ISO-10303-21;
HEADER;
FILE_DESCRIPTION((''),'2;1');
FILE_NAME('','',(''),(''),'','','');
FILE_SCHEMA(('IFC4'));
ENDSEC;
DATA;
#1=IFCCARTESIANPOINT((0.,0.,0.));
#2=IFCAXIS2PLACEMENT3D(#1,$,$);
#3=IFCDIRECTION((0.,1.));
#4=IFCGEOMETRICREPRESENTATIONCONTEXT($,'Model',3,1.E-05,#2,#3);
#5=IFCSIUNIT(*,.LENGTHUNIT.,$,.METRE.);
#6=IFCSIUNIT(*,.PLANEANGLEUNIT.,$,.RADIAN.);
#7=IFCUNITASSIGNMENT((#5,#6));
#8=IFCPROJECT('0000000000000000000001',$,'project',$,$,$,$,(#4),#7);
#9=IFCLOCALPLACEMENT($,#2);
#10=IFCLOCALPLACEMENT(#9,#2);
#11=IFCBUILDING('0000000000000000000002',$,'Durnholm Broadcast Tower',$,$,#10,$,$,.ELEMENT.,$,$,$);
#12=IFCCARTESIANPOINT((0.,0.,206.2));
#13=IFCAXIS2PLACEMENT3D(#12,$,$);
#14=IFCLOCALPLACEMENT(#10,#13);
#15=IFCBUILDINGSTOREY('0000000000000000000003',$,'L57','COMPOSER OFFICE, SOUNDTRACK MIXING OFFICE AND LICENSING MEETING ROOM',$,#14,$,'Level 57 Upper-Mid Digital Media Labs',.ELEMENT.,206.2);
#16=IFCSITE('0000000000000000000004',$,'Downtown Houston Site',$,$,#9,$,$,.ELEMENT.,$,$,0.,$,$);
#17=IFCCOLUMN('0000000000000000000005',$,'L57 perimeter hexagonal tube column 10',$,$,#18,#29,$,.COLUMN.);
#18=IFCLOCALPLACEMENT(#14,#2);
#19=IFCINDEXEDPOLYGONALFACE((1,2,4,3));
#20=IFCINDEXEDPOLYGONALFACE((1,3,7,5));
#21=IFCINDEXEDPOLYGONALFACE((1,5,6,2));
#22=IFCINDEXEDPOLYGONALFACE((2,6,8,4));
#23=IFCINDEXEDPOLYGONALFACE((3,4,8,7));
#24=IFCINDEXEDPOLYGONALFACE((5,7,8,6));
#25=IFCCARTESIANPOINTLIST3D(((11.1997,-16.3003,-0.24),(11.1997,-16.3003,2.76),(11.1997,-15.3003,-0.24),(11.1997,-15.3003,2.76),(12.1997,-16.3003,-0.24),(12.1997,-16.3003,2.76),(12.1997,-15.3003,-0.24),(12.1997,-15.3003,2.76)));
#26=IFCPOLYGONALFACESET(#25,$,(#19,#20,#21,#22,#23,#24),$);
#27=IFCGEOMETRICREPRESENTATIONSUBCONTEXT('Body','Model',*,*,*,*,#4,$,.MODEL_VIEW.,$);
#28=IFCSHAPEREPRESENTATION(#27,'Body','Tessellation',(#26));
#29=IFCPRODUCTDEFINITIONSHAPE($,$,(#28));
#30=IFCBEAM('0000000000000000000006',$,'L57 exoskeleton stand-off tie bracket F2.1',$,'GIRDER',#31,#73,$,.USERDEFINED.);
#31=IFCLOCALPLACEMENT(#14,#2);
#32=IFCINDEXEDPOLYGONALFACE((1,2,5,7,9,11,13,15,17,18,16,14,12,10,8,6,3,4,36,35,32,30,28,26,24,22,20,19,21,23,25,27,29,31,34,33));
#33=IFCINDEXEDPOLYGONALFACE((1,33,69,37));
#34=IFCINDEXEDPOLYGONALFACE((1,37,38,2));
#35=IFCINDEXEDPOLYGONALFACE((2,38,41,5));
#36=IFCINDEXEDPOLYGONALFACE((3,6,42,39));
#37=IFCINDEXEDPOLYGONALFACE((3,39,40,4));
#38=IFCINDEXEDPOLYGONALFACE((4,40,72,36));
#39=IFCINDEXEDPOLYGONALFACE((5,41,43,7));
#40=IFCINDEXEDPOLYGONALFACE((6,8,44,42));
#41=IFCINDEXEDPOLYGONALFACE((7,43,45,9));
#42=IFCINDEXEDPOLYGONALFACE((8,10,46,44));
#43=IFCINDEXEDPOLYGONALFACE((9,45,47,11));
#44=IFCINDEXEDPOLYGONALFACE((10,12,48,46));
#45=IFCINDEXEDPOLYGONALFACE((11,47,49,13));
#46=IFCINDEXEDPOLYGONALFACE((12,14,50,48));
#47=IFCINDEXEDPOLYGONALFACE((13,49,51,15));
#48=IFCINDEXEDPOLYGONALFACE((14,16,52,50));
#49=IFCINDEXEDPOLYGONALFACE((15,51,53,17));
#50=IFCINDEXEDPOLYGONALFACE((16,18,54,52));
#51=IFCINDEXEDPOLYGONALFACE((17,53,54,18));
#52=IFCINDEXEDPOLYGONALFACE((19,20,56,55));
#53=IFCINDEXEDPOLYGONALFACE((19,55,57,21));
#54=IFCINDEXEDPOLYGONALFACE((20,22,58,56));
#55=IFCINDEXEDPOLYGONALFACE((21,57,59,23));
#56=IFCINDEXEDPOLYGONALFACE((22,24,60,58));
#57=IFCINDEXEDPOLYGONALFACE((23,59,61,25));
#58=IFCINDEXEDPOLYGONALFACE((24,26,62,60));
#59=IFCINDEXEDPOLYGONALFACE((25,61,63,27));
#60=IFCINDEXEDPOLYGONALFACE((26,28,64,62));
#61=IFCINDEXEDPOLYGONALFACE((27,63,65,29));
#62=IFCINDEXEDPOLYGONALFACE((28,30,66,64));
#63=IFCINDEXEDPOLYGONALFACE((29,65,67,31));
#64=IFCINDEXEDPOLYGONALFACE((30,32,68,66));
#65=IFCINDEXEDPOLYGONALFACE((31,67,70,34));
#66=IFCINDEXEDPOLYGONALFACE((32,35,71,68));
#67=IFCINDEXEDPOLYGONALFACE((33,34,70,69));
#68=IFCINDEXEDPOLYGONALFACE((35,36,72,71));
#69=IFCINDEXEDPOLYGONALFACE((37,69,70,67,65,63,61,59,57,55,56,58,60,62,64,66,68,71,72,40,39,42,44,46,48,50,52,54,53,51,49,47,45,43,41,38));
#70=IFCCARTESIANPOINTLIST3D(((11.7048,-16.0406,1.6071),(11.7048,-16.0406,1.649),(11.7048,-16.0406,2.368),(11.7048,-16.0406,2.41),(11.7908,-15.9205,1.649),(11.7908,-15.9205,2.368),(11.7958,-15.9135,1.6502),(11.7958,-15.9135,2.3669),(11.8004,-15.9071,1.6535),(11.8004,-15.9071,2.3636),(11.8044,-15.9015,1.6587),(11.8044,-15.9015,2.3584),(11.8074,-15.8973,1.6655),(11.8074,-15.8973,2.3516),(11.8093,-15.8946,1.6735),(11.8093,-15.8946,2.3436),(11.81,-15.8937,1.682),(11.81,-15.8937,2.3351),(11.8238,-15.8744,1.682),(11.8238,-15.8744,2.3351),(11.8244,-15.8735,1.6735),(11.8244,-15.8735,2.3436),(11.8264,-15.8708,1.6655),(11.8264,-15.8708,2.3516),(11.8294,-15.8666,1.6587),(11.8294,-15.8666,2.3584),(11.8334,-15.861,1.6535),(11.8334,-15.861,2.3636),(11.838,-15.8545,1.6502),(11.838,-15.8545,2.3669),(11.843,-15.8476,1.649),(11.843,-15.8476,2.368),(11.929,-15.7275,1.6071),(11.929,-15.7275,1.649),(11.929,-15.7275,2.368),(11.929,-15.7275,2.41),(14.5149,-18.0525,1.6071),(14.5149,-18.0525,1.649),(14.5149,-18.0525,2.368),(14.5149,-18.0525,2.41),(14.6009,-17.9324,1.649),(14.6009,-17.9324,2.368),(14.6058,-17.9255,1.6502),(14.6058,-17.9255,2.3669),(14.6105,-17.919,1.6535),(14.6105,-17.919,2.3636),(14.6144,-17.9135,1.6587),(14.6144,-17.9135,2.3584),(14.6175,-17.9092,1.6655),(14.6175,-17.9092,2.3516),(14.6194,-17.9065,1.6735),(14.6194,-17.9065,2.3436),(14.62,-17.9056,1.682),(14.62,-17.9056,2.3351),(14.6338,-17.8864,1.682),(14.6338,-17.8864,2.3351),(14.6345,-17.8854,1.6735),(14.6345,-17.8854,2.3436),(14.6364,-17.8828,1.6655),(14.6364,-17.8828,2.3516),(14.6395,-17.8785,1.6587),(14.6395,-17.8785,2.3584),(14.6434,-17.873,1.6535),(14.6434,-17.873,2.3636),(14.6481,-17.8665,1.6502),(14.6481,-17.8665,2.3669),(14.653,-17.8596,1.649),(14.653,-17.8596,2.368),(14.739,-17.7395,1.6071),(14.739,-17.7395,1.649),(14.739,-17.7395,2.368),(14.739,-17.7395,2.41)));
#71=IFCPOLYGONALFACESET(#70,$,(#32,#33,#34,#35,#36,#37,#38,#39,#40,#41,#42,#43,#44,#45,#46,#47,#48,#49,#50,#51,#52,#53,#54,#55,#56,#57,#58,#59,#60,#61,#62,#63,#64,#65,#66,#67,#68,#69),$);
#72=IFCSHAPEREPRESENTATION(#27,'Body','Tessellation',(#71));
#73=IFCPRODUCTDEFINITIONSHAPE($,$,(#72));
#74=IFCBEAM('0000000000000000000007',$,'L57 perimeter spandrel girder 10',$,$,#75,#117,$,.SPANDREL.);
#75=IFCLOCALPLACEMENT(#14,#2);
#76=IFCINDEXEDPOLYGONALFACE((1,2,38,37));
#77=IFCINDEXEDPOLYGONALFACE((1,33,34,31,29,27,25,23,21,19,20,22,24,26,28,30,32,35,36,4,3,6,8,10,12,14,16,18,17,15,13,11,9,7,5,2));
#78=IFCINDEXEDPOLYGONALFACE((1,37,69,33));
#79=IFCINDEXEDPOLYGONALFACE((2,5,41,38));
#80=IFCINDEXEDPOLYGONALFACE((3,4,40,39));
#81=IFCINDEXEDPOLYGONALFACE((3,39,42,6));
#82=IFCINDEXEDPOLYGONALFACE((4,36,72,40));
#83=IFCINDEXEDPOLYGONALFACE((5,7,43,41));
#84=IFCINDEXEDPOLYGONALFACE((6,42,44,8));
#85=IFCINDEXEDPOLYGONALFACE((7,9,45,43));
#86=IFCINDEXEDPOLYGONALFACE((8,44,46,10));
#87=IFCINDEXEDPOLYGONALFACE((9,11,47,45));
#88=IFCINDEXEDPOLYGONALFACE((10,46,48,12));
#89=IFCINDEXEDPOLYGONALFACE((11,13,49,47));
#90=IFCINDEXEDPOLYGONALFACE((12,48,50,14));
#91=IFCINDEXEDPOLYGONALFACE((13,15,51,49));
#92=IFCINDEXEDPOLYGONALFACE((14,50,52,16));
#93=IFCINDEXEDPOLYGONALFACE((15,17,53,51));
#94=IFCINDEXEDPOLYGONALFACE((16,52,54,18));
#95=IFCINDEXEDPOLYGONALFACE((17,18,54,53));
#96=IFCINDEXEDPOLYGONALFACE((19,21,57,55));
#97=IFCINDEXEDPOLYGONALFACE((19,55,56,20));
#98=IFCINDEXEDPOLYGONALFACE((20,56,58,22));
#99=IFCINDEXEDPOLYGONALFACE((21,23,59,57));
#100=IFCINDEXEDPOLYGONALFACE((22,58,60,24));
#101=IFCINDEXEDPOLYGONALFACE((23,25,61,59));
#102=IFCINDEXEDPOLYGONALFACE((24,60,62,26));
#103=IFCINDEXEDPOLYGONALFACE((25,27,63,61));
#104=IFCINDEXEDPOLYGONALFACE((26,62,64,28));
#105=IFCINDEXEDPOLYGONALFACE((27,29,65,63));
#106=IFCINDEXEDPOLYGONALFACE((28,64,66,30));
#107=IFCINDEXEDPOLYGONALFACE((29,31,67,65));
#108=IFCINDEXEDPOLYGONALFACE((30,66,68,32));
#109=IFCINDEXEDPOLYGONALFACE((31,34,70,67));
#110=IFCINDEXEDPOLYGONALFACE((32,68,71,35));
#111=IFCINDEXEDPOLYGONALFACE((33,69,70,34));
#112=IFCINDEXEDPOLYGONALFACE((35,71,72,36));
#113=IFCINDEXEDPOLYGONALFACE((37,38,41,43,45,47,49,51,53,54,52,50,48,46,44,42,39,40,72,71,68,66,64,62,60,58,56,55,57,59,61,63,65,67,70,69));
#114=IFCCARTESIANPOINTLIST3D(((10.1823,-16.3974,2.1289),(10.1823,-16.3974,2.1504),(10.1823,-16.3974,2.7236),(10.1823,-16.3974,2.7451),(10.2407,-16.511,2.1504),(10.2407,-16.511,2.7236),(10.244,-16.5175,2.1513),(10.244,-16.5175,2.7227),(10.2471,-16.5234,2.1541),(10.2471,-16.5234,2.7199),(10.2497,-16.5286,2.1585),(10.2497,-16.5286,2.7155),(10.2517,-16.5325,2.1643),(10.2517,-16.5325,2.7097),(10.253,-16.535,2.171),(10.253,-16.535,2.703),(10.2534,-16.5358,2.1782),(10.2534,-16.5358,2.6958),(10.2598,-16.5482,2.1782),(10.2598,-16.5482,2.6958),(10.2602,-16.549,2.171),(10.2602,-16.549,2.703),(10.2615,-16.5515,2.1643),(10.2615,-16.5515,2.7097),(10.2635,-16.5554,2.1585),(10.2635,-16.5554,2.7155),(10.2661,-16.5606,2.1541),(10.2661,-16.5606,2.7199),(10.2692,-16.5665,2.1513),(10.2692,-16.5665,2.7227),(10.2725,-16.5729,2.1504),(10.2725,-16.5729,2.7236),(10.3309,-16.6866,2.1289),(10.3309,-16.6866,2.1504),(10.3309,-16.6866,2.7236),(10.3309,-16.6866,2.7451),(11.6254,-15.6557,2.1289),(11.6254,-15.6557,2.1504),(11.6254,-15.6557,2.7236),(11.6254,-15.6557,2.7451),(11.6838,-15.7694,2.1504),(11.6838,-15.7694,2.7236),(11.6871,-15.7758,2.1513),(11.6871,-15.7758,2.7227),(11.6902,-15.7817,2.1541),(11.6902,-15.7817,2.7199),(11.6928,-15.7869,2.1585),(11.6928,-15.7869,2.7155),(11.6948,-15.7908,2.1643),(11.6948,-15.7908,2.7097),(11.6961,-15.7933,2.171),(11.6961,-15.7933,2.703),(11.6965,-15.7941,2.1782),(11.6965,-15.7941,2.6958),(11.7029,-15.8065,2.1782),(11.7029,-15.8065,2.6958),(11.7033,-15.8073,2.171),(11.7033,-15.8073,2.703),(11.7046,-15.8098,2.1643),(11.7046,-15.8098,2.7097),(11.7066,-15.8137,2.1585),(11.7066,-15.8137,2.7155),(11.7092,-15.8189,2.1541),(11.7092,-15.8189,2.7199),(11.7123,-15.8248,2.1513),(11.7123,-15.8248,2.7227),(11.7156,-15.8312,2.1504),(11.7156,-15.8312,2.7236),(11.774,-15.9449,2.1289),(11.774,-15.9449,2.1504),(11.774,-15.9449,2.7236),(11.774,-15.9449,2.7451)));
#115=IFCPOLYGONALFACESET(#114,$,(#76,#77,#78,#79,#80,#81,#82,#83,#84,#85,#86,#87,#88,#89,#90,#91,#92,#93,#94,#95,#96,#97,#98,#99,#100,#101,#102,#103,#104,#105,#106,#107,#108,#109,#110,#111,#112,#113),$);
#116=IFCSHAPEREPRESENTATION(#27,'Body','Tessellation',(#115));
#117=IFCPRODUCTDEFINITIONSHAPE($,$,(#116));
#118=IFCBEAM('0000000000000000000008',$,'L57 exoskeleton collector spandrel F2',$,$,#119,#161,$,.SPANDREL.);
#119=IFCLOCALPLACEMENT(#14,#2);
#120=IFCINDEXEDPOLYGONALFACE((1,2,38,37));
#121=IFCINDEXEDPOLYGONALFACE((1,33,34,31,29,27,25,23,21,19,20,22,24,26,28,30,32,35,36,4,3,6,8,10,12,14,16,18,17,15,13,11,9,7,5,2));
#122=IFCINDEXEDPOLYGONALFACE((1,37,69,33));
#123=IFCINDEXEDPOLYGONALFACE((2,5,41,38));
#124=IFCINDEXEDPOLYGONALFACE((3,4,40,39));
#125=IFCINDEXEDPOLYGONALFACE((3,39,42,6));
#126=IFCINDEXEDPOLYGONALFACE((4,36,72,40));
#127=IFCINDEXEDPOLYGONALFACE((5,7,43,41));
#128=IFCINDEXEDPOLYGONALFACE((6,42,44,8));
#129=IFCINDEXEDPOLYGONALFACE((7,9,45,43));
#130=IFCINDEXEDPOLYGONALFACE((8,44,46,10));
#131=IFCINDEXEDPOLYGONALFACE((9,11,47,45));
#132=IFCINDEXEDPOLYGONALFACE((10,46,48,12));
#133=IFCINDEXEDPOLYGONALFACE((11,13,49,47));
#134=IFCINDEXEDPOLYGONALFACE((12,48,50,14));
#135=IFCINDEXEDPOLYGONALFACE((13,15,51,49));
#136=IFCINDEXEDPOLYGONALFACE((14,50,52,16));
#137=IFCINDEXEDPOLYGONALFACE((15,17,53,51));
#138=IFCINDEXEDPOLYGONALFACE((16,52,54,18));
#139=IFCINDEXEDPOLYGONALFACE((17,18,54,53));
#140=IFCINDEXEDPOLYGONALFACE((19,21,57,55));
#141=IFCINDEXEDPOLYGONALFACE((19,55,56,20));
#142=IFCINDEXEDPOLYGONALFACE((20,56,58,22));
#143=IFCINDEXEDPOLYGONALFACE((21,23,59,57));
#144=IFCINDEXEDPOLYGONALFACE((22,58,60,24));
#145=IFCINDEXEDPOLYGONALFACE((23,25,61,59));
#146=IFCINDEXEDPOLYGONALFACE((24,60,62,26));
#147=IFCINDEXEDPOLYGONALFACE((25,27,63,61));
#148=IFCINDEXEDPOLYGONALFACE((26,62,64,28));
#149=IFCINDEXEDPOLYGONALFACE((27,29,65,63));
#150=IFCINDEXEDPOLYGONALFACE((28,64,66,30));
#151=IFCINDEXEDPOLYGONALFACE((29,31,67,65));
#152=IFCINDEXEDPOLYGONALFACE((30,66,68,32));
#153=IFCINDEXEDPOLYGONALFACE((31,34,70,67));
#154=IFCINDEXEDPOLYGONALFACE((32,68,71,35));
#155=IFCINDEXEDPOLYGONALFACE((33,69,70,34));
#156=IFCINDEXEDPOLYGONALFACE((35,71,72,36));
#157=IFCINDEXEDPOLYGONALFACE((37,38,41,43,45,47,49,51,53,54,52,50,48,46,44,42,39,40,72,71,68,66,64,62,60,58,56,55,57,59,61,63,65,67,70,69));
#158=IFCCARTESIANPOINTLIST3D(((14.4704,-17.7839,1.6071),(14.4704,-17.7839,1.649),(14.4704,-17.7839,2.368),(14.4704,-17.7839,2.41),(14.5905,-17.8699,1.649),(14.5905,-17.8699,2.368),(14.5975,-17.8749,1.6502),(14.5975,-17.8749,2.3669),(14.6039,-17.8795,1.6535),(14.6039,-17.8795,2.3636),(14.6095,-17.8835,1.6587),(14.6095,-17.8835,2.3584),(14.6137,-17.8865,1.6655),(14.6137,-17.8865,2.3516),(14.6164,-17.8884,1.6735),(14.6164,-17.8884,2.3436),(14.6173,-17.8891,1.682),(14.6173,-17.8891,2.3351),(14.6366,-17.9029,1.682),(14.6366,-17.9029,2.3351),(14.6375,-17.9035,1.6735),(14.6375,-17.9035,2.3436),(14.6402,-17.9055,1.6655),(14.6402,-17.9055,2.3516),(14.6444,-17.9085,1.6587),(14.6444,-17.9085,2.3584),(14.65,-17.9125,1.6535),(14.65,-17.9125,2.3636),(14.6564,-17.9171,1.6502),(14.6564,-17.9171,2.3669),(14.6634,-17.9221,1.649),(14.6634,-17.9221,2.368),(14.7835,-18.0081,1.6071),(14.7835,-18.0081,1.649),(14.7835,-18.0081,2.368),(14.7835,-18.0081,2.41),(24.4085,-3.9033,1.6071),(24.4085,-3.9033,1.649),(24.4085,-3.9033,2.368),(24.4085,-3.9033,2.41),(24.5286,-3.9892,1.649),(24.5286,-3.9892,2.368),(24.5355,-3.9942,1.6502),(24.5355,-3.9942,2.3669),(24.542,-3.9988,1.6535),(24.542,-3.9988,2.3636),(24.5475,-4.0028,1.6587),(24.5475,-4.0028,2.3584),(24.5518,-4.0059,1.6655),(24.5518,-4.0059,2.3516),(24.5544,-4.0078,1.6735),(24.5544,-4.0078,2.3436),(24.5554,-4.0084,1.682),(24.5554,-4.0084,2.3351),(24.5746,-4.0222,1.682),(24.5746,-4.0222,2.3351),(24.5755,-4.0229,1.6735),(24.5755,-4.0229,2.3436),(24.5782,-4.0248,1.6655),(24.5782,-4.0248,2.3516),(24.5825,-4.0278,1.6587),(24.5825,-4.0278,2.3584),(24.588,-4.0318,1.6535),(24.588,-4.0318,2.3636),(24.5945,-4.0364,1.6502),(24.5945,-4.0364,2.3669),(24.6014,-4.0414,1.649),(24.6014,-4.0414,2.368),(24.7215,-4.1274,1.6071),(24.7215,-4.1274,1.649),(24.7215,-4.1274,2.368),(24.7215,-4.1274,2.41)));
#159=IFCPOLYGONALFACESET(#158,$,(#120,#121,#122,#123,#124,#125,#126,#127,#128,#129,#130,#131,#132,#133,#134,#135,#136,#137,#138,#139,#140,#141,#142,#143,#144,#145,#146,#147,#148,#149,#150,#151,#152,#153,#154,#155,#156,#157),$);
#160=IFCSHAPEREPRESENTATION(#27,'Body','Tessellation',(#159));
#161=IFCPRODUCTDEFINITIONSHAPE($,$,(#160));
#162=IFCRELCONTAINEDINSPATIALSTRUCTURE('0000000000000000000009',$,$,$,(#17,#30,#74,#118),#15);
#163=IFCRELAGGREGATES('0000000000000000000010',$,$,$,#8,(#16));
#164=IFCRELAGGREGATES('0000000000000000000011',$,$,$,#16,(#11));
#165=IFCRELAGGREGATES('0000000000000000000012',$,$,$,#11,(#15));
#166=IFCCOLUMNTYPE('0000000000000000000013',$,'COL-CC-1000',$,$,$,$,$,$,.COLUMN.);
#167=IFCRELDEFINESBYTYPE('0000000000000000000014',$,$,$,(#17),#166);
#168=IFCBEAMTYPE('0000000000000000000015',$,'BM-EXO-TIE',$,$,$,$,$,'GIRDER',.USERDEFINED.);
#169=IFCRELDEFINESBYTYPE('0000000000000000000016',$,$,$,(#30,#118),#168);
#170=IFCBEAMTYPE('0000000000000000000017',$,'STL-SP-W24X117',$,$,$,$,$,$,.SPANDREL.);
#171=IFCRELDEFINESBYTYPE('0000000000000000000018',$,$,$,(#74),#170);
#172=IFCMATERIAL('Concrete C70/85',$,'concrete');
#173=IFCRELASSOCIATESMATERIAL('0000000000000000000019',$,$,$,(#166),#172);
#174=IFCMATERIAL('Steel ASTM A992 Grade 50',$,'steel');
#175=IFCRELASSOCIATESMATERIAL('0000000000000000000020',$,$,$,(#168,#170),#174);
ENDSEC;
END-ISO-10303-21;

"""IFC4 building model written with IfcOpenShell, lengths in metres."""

from ifc_helpers import new_model, si_unit, direction, frame, origin, origin_2d, place, context, subcontext, project, spatial, rectangle, i_section, extrude, source, transform, mapped, material, material_profile, profile_set, type_object, type_shapes, element, save


model = new_model("IFC4")

# Units and contexts
model_context = context("Model", 3, precision=1e-05, world=origin(), true_north=direction((0.0, 1.0)))
body_context = subcontext(model_context, "Body", "Model", "MODEL_VIEW")
ifc_project = project(units=[si_unit("LENGTHUNIT", "METRE"), si_unit("PLANEANGLEUNIT", "RADIAN")], contexts=[model_context])

# Site, building, storey
site_placement = place(None, origin())
site = spatial("IfcSite", under=ifc_project, at=site_placement, Name="Downtown Houston Site", CompositionType="ELEMENT", RefElevation=0.0)
building_placement = place(site_placement, origin())
building = spatial("IfcBuilding", under=site, at=building_placement, Name="Durnholm Broadcast Tower", CompositionType="ELEMENT")
storey_placement = place(building_placement, frame((0.0, 0.0, 206.2)))
storey = spatial("IfcBuildingStorey", under=building, at=storey_placement, Name="L57", Description="COMPOSER OFFICE, SOUNDTRACK MIXING OFFICE AND LICENSING MEETING ROOM", LongName="Level 57 Upper-Mid Digital Media Labs", CompositionType="ELEMENT", Elevation=206.2)

# Column
ifc_material_1 = material(Name="Concrete C70/85", Category="concrete")
ifc_material_profile_1 = material_profile(ifc_material_1, rectangle(XDim=1.0, YDim=1.0, at=origin_2d()), Name="RC1000X1000")
ifc_profile_set_1 = profile_set([ifc_material_profile_1], Name="Concrete C70/85")
column_type = type_object("IfcColumnType", Name="COL-CC-1000", PredefinedType="COLUMN", material=ifc_profile_set_1)
shared_shape_1 = source(origin(), body_context, "Body", "SweptSolid", [
    extrude(rectangle(XDim=1.0, YDim=1.0, at=origin_2d()), origin(), (0.0, 0.0, 1.0), 3.0),
])
type_shapes(column_type, [shared_shape_1])
column_placement = place(storey_placement, frame((11.6997, -15.8003, -0.24), z_axis=(0.0, 0.0, 1.0), x_axis=(1.0, 0.0, 0.0)))
element("IfcColumn", 1, at=column_placement, inside=storey, type_object=column_type, Name="L57 perimeter hexagonal tube column 10", PredefinedType="COLUMN", context=body_context, shape_type="MappedRepresentation", body=[
    mapped(shared_shape_1, transform((0.0, 0.0, 0.0), x_axis=(1.0, 0.0, 0.0), y_axis=(0.0, 1.0, 0.0), z_axis=(0.0, 0.0, 1.0), scale=1.0)),
])

# Beams
ifc_material_2 = material(Name="Steel ASTM A992 Grade 50", Category="steel")
ifc_material_profile_2 = material_profile(ifc_material_2, i_section(OverallWidth=0.385, OverallDepth=0.803, WebThickness=0.0237, FlangeThickness=0.042, FilletRadius=0.033, at=origin_2d()), Name="W30X261")
ifc_profile_set_2 = profile_set([ifc_material_profile_2], Name="Steel ASTM A992 Grade 50")
beam_type_1 = type_object("IfcBeamType", Name="BM-EXO-TIE", ElementType="GIRDER", PredefinedType="USERDEFINED", material=ifc_profile_set_2)
shared_shape_2 = source(origin(), body_context, "Body", "SweptSolid", [
    extrude(i_section(OverallWidth=0.385, OverallDepth=0.803, WebThickness=0.0237, FlangeThickness=0.042, FilletRadius=0.033, at=origin_2d()), origin(), (0.0, 0.0, 1.0), 3.4561),
])
beam_1_placement = place(storey_placement, frame((11.8169, -15.884, 2.0085), z_axis=(0.813079, -0.582153, 0.0), x_axis=(0.582153, 0.813079, 0.0)))
element("IfcBeam", 2, at=beam_1_placement, inside=storey, type_object=beam_type_1, Name="L57 exoskeleton stand-off tie bracket F2.1", ObjectType="GIRDER", PredefinedType="USERDEFINED", context=body_context, shape_type="MappedRepresentation", body=[
    mapped(shared_shape_2, transform((0.0, 0.0, 0.0), x_axis=(1.0, 0.0, 0.0), y_axis=(0.0, 1.0, 0.0), z_axis=(0.0, 0.0, 1.0), scale=1.0)),
])
ifc_material_profile_3 = material_profile(ifc_material_2, i_section(OverallWidth=0.3252, OverallDepth=0.6162, WebThickness=0.0139, FlangeThickness=0.0215, FilletRadius=0.0278, at=origin_2d()), Name="W24X117")
ifc_profile_set_3 = profile_set([ifc_material_profile_3], Name="Steel ASTM A992 Grade 50")
beam_type_2 = type_object("IfcBeamType", Name="STL-SP-W24X117", PredefinedType="SPANDREL", material=ifc_profile_set_3)
shared_shape_3 = source(origin(), body_context, "Body", "SweptSolid", [
    extrude(i_section(OverallWidth=0.3252, OverallDepth=0.6162, WebThickness=0.0139, FlangeThickness=0.0215, FilletRadius=0.0278, at=origin_2d()), origin(), (0.0, 0.0, 1.0), 1.6226),
])
type_shapes(beam_type_2, [shared_shape_3])
beam_2_placement = place(storey_placement, frame((11.6997, -15.8003, 2.437), z_axis=(-0.889407, -0.457117, 0.0), x_axis=(0.457117, -0.889407, 0.0)))
element("IfcBeam", 3, at=beam_2_placement, inside=storey, type_object=beam_type_2, Name="L57 perimeter spandrel girder 10", PredefinedType="SPANDREL", context=body_context, shape_type="MappedRepresentation", body=[
    mapped(shared_shape_3, transform((0.0, 0.0, 0.0), x_axis=(1.0, 0.0, 0.0), y_axis=(0.0, 1.0, 0.0), z_axis=(0.0, 0.0, 1.0), scale=1.0)),
])
shared_shape_4 = source(origin(), body_context, "Body", "SweptSolid", [
    extrude(i_section(OverallWidth=0.385, OverallDepth=0.803, WebThickness=0.0237, FlangeThickness=0.042, FilletRadius=0.033, at=origin_2d()), origin(), (0.0, 0.0, 1.0), 17.0715),
])
type_shapes(beam_type_1, [shared_shape_2, shared_shape_4])
beam_3_placement = place(storey_placement, frame((14.627, -17.896, 2.0085), z_axis=(0.58214, 0.813088, 0.0), x_axis=(-0.813088, 0.58214, 0.0)))
element("IfcBeam", 4, at=beam_3_placement, inside=storey, type_object=beam_type_1, Name="L57 exoskeleton collector spandrel F2", PredefinedType="SPANDREL", context=body_context, shape_type="MappedRepresentation", body=[
    mapped(shared_shape_4, transform((0.0, 0.0, 0.0), x_axis=(1.0, 0.0, 0.0), y_axis=(0.0, 1.0, 0.0), z_axis=(0.0, 0.0, 1.0), scale=1.0)),
])

save(model, "model.ifc")
